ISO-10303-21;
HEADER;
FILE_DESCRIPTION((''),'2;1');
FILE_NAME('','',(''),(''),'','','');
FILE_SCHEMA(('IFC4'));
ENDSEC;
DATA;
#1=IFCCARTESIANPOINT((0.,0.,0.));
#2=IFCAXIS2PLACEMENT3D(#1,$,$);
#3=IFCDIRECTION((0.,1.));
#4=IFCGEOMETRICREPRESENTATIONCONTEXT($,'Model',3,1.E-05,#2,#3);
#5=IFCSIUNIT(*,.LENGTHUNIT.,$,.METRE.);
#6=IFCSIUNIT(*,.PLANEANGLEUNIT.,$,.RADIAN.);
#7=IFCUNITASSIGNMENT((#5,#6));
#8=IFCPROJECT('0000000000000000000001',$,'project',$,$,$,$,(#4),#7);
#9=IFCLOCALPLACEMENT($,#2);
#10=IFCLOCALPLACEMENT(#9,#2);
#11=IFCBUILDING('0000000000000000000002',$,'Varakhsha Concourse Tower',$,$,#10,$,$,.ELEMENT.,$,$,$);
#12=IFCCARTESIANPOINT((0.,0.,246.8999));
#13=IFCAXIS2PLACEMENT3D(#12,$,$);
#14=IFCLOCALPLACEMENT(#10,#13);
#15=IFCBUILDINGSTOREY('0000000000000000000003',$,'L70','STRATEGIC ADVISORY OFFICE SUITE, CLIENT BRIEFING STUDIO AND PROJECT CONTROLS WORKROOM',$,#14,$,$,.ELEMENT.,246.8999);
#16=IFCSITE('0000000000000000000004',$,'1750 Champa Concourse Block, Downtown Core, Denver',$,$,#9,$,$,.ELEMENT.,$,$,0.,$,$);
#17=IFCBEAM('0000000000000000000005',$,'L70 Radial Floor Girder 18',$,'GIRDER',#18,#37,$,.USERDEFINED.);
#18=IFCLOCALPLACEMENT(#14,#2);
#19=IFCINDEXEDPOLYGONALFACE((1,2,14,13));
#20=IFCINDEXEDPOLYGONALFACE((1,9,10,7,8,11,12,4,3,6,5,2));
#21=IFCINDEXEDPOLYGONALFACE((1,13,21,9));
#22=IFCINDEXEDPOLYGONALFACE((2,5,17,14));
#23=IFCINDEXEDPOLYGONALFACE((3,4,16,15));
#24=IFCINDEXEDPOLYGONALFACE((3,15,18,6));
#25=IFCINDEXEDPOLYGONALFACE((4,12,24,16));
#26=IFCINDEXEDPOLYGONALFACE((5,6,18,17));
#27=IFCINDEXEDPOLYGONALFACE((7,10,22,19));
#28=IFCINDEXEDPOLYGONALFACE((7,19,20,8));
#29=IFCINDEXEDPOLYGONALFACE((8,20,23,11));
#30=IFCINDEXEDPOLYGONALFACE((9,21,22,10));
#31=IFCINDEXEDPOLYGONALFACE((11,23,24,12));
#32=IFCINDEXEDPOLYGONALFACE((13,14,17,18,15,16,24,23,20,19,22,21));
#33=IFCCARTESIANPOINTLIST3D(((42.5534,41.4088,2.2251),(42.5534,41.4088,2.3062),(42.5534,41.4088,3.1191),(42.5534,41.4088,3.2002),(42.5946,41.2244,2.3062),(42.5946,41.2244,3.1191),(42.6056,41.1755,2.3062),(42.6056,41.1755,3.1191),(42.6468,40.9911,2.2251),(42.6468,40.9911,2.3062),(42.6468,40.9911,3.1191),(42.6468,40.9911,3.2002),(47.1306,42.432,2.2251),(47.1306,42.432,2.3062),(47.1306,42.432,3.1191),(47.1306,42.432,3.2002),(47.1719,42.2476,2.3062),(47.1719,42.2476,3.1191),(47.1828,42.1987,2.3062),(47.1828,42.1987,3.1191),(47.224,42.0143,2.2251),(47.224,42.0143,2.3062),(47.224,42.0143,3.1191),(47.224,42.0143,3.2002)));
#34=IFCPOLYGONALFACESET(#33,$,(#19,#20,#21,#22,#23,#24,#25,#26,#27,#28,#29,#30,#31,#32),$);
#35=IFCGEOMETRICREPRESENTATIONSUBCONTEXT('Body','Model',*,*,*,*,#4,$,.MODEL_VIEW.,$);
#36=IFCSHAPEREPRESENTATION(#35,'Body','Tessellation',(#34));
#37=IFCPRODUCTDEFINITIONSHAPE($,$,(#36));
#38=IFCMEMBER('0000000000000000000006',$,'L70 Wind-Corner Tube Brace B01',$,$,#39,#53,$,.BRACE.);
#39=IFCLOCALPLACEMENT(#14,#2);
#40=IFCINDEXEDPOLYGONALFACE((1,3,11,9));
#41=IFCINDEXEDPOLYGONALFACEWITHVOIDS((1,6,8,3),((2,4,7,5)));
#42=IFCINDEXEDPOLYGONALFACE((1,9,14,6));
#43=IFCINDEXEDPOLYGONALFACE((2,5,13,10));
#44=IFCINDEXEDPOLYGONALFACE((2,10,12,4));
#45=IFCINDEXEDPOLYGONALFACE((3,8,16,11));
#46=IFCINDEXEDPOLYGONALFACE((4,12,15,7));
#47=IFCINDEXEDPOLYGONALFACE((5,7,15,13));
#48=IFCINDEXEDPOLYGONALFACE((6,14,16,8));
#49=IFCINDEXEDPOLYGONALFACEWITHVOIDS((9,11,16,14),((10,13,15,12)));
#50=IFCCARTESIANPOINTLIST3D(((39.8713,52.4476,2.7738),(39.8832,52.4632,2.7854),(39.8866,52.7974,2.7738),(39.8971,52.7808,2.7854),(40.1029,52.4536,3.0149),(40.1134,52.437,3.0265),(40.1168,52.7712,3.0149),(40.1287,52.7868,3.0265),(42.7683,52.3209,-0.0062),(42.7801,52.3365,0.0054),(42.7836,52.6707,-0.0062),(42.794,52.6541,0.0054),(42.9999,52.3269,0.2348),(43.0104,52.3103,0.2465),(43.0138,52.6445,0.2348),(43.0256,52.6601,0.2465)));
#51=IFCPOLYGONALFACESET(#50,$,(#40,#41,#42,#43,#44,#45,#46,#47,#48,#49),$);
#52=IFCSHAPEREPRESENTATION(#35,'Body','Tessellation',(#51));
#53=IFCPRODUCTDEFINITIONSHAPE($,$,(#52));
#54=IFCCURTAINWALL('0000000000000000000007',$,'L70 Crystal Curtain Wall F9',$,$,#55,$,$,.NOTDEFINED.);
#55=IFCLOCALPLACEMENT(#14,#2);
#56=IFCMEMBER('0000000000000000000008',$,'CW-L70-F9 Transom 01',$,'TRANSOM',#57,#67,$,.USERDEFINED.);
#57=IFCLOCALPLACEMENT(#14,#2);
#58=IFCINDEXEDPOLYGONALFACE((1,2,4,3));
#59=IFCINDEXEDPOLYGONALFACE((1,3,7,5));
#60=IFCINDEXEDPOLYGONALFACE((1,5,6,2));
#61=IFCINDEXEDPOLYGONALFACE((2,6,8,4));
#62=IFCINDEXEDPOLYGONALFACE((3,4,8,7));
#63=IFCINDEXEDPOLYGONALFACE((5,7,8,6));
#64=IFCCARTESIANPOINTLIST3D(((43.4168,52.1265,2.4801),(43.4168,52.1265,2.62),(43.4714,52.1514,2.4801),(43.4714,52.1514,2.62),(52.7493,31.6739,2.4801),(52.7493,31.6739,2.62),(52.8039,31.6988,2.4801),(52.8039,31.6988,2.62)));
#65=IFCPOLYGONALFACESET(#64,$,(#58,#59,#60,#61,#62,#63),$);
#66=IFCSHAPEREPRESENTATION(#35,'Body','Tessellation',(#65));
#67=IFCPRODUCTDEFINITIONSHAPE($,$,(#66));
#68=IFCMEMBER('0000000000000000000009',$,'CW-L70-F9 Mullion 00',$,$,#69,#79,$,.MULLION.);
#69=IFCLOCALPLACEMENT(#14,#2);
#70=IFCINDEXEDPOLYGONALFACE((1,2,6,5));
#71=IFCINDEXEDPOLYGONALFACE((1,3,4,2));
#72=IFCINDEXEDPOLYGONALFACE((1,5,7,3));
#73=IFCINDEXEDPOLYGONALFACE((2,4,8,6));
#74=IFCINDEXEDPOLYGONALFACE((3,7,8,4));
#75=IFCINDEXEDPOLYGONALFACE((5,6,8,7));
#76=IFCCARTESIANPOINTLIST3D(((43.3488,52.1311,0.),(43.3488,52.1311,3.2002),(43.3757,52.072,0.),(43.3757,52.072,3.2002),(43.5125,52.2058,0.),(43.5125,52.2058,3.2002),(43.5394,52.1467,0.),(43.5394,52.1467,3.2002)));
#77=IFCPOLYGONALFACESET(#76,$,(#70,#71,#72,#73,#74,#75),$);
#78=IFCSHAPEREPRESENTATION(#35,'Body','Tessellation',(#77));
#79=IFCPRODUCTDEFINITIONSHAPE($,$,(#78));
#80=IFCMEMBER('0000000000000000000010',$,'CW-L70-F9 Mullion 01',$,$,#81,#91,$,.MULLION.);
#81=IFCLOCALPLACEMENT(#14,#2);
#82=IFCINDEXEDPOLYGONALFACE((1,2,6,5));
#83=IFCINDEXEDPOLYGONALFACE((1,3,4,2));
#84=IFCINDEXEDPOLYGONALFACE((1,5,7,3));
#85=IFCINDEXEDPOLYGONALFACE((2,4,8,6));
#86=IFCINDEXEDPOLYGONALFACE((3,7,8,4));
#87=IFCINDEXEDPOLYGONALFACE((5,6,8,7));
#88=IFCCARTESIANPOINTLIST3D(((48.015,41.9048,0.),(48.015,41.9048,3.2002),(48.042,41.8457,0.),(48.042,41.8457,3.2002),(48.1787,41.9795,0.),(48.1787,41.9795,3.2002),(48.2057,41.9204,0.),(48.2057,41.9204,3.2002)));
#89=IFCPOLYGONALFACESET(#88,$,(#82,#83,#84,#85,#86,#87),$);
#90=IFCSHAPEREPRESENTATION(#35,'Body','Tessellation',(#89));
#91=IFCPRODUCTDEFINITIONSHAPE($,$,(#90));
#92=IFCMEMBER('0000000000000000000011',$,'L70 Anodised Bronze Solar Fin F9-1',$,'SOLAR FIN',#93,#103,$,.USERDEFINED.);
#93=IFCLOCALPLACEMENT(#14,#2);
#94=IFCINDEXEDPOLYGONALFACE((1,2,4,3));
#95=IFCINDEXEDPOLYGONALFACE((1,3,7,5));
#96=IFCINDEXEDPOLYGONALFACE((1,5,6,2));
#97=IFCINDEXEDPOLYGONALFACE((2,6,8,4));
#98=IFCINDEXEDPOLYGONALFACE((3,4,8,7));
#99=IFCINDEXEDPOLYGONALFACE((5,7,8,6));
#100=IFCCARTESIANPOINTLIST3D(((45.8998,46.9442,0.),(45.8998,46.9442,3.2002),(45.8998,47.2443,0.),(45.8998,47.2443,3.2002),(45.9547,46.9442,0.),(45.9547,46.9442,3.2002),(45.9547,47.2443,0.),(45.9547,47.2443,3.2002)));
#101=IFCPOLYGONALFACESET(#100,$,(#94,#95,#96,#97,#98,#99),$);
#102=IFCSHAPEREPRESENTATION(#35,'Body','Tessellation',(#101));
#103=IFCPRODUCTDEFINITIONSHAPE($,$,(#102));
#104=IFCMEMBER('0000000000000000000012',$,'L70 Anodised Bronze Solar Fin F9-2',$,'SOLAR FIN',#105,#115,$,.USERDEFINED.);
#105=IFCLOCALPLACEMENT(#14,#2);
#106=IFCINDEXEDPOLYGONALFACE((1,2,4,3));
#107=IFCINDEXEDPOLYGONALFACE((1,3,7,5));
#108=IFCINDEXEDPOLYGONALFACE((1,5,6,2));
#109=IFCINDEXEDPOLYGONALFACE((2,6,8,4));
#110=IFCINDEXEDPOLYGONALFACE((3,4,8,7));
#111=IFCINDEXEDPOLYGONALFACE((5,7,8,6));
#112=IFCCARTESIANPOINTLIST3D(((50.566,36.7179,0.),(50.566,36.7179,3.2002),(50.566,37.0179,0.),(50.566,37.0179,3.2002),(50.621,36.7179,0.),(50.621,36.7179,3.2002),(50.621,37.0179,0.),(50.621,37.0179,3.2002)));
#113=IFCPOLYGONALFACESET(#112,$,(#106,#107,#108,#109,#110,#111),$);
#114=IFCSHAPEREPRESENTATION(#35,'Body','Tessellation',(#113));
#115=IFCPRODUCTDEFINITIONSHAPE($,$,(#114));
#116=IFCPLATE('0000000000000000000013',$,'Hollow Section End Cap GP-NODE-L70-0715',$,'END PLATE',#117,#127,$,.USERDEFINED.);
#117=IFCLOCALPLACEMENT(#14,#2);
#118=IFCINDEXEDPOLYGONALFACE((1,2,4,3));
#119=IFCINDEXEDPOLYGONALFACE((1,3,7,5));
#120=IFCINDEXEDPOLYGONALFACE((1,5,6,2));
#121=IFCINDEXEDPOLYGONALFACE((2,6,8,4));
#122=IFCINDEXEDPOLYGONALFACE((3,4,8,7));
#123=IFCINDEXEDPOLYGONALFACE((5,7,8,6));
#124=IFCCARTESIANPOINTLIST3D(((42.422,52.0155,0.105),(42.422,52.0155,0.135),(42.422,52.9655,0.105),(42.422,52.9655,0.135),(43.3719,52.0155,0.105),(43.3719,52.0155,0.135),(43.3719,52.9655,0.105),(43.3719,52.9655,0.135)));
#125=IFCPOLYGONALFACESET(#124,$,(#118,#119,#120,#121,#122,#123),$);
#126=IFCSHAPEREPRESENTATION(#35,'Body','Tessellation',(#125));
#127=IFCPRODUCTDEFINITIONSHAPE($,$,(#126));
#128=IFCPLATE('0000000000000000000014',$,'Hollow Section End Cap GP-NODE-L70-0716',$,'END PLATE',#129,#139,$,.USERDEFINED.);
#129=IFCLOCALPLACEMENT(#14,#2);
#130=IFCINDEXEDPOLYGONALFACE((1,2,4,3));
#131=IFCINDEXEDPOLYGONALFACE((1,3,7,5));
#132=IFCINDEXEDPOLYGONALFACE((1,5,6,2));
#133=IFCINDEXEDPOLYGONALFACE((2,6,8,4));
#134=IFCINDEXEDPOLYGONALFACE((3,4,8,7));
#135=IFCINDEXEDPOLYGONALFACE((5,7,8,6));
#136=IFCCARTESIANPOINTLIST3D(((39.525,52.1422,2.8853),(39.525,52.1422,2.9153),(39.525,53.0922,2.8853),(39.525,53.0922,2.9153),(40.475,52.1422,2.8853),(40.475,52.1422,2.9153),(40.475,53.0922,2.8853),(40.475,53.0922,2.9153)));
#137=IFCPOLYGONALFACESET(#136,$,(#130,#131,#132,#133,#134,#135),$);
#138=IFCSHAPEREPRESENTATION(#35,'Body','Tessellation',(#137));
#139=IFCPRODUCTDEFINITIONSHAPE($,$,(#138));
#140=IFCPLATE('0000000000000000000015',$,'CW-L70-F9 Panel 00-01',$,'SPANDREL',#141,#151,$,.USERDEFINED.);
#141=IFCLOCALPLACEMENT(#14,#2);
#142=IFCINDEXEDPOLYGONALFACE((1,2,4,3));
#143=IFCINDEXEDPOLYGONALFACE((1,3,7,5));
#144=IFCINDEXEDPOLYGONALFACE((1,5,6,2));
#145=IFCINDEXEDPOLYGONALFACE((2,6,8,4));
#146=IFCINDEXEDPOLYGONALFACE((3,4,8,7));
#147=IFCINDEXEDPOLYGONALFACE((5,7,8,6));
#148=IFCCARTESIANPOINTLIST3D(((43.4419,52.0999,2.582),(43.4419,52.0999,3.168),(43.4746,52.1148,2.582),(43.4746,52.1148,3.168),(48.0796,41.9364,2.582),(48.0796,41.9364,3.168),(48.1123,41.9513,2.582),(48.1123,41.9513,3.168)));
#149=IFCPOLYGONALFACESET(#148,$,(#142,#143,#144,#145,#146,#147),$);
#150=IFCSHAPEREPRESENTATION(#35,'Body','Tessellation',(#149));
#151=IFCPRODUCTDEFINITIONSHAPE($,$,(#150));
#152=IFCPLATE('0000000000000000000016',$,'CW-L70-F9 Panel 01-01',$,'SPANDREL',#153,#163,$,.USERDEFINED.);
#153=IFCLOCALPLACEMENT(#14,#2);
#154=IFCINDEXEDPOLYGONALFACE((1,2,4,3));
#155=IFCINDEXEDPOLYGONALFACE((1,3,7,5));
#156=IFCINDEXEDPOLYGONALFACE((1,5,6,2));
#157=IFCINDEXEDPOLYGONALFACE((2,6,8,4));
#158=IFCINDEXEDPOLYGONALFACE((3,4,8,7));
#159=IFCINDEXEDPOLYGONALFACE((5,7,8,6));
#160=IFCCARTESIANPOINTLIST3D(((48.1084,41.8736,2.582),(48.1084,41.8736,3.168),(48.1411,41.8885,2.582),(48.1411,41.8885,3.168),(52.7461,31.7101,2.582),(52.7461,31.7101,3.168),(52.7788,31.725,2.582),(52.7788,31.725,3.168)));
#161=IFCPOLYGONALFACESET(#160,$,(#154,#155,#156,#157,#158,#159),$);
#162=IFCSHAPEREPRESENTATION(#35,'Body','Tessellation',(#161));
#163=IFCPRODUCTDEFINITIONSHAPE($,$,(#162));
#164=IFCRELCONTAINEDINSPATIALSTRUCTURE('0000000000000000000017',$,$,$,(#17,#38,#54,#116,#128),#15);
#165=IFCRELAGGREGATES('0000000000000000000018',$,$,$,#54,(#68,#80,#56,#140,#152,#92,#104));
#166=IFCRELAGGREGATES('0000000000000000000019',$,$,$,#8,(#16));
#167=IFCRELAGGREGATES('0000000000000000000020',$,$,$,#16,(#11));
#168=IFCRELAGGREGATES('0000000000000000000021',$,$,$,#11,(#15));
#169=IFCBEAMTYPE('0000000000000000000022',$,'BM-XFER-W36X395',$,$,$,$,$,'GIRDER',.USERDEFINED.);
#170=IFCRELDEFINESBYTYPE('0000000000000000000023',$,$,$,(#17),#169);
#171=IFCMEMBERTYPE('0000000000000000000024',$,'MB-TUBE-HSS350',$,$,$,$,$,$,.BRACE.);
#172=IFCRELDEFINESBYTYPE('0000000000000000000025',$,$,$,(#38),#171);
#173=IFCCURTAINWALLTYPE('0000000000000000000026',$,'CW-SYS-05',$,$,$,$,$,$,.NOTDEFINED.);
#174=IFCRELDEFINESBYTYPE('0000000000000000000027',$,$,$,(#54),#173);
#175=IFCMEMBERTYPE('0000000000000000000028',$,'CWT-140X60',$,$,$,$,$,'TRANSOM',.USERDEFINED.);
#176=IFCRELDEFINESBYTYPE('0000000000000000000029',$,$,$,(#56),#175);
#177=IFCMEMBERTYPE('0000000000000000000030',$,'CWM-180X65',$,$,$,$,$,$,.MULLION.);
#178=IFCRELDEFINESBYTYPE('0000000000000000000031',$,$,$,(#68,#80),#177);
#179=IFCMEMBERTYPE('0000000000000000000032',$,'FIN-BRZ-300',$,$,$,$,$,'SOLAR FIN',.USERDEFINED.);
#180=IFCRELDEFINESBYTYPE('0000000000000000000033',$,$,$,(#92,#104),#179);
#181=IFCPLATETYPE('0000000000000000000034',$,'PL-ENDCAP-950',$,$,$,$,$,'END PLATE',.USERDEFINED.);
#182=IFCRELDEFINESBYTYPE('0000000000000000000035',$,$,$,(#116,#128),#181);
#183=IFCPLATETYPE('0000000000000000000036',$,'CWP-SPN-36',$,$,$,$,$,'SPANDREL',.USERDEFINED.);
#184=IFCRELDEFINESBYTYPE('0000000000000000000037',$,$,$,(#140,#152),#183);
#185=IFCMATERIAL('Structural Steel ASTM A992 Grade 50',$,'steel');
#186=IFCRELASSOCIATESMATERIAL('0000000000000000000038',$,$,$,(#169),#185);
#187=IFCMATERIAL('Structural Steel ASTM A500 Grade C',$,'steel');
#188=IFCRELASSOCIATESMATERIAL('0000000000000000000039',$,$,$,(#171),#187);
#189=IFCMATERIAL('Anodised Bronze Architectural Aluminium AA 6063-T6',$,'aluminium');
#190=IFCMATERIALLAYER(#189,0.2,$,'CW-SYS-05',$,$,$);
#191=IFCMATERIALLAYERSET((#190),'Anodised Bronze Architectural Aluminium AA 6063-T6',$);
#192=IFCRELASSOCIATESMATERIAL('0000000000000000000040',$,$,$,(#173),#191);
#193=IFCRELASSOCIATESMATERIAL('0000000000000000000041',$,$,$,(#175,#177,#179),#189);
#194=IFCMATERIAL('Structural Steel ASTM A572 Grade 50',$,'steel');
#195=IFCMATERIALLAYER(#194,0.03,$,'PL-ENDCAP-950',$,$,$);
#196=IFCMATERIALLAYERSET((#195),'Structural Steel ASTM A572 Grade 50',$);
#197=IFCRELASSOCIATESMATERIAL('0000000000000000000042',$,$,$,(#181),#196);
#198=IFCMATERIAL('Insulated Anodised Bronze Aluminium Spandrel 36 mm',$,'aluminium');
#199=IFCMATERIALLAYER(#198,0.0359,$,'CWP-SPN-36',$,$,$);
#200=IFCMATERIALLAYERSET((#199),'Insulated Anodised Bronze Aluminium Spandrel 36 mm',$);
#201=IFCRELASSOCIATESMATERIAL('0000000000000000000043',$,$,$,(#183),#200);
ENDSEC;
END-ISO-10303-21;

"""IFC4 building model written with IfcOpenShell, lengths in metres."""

from ifc_helpers import new_model, si_unit, direction, frame, origin, origin_2d, place, context, subcontext, project, spatial, rectangle, hollow_rectangle, i_section, extrude, source, transform, mapped, material, layer, layer_set, material_profile, profile_set, type_object, type_shapes, element, aggregate, save


model = new_model("IFC4")

# Units and contexts
model_context = context("Model", 3, precision=1e-05, world=origin(), true_north=direction((0.0, 1.0)))
body_context = subcontext(model_context, "Body", "Model", "MODEL_VIEW")
ifc_project = project(units=[si_unit("LENGTHUNIT", "METRE"), si_unit("PLANEANGLEUNIT", "RADIAN")], contexts=[model_context])

# Site, building, storey
site_placement = place(None, origin())
site = spatial("IfcSite", under=ifc_project, at=site_placement, Name="1750 Champa Concourse Block, Downtown Core, Denver", CompositionType="ELEMENT", RefElevation=0.0)
building_placement = place(site_placement, origin())
building = spatial("IfcBuilding", under=site, at=building_placement, Name="Varakhsha Concourse Tower", CompositionType="ELEMENT")
storey_placement = place(building_placement, frame((0.0, 0.0, 246.8999)))
storey = spatial("IfcBuildingStorey", under=building, at=storey_placement, Name="L70", Description="STRATEGIC ADVISORY OFFICE SUITE, CLIENT BRIEFING STUDIO AND PROJECT CONTROLS WORKROOM", CompositionType="ELEMENT", Elevation=246.8999)

# Shared definitions
ifc_material_1 = material(Name="Structural Steel ASTM A992 Grade 50", Category="steel")
ifc_material_2 = material(Name="Structural Steel ASTM A572 Grade 50", Category="steel")

# Beam
ifc_material_profile_1 = material_profile(ifc_material_1, i_section(OverallWidth=0.428, OverallDepth=0.9751, WebThickness=0.05, FlangeThickness=0.0811, at=origin_2d()), Name="W36X395")
ifc_profile_set_1 = profile_set([ifc_material_profile_1], Name="Structural Steel ASTM A992 Grade 50")
beam_type_1 = type_object("IfcBeamType", Name="BM-XFER-W36X395", ElementType="GIRDER", PredefinedType="USERDEFINED", material=ifc_profile_set_1)
beam_1_placement = place(storey_placement, frame((42.6001, 41.2, 2.7126), z_axis=(0.975913, 0.218159, 0.0), x_axis=(-0.218159, 0.975913, 0.0)))
element("IfcBeam", 1, at=beam_1_placement, inside=storey, type_object=beam_type_1, Name="L70 Radial Floor Girder 18", ObjectType="GIRDER", PredefinedType="USERDEFINED", context=body_context, shape_type="SweptSolid", body=[
    extrude(i_section(OverallWidth=0.428, OverallDepth=0.9751, WebThickness=0.05, FlangeThickness=0.0811, at=origin_2d()), origin(), (0.0, 0.0, 1.0), 4.6902),
])

# Member
ifc_material_3 = material(Name="Structural Steel ASTM A500 Grade C", Category="steel")
ifc_material_profile_2 = material_profile(ifc_material_3, hollow_rectangle(XDim=0.3501, YDim=0.3501, WallThickness=0.0161, at=origin_2d()), Name="HSS 350x350x16")
ifc_profile_set_2 = profile_set([ifc_material_profile_2], Name="Structural Steel ASTM A500 Grade C")
member_type_1 = type_object("IfcMemberType", Name="MB-TUBE-HSS350", PredefinedType="BRACE", material=ifc_profile_set_2)
shared_shape_1 = source(origin(), body_context, "Body", "SweptSolid", [
    extrude(hollow_rectangle(XDim=0.3501, YDim=0.3501, WallThickness=0.0161, at=origin_2d()), origin(), (0.0, 0.0, 1.0), 4.0171),
])
type_shapes(member_type_1, [shared_shape_1])
member_1_placement = place(storey_placement, frame((42.897, 52.4905, 0.1201), z_axis=(-0.721161, 0.031542, 0.692049), x_axis=(-0.043697, -0.999045, 0.0)))
element("IfcMember", 2, at=member_1_placement, inside=storey, type_object=member_type_1, Name="L70 Wind-Corner Tube Brace B01", PredefinedType="BRACE", context=body_context, shape_type="MappedRepresentation", body=[
    mapped(shared_shape_1, transform((0.0, 0.0, 0.0), scale=1.0)),
])

# Curtain wall, members
ifc_material_4 = material(Name="Anodised Bronze Architectural Aluminium AA 6063-T6", Category="aluminium")
ifc_layer_1 = layer(ifc_material_4, 0.2, Name="CW-SYS-05")
ifc_layer_set_1 = layer_set([ifc_layer_1], Name="Anodised Bronze Architectural Aluminium AA 6063-T6")
curtain_wall_type = type_object("IfcCurtainWallType", Name="CW-SYS-05", PredefinedType="NOTDEFINED", material=ifc_layer_set_1)
curtain_wall_placement = place(storey_placement, origin())
curtain_wall = element("IfcCurtainWall", 3, at=curtain_wall_placement, inside=storey, type_object=curtain_wall_type, Name="L70 Crystal Curtain Wall F9", PredefinedType="NOTDEFINED")
ifc_material_profile_3 = material_profile(ifc_material_4, rectangle(XDim=0.0601, YDim=0.1399, at=origin_2d()), Name="CWT-140X60")
ifc_profile_set_3 = profile_set([ifc_material_profile_3], Name="Anodised Bronze Architectural Aluminium AA 6063-T6")
member_type_2 = type_object("IfcMemberType", Name="CWT-140X60", ElementType="TRANSOM", PredefinedType="USERDEFINED", material=ifc_profile_set_3)
shared_shape_2 = source(origin(), body_context, "Body", "SweptSolid", [
    extrude(rectangle(XDim=0.0601, YDim=0.1399, at=origin_2d()), origin(), (0.0, 0.0, 1.0), 22.4812),
])
type_shapes(member_type_2, [shared_shape_2])
member_2_placement = place(storey_placement, frame((43.4441, 52.1389, 2.55), z_axis=(0.415125, -0.909765, 0.0), x_axis=(0.909765, 0.415125, 0.0)))
member_2 = element("IfcMember", 4, at=member_2_placement, type_object=member_type_2, Name="CW-L70-F9 Transom 01", ObjectType="TRANSOM", PredefinedType="USERDEFINED", context=body_context, shape_type="MappedRepresentation", body=[
    mapped(shared_shape_2, transform((0.0, 0.0, 0.0), scale=1.0)),
])
ifc_material_profile_4 = material_profile(ifc_material_4, rectangle(XDim=0.0649, YDim=0.1799, at=origin_2d()), Name="CWM-180X65")
ifc_profile_set_4 = profile_set([ifc_material_profile_4], Name="Anodised Bronze Architectural Aluminium AA 6063-T6")
member_type_3 = type_object("IfcMemberType", Name="CWM-180X65", PredefinedType="MULLION", material=ifc_profile_set_4)
shared_shape_3 = source(origin(), body_context, "Body", "SweptSolid", [
    extrude(rectangle(XDim=0.0649, YDim=0.1799, at=origin_2d()), origin(), (0.0, 0.0, 1.0), 3.2002),
])
type_shapes(member_type_3, [shared_shape_3])
member_3_placement = place(storey_placement, frame((43.4441, 52.1389, 0.0), z_axis=(0.0, 0.0, 1.0), x_axis=(0.415133, -0.909761, 0.0)))
member_3 = element("IfcMember", 5, at=member_3_placement, type_object=member_type_3, Name="CW-L70-F9 Mullion 00", PredefinedType="MULLION", context=body_context, shape_type="MappedRepresentation", body=[
    mapped(shared_shape_3, transform((0.0, 0.0, 0.0), scale=1.0)),
])
member_4_placement = place(storey_placement, frame((48.1104, 41.9126, 0.0), z_axis=(0.0, 0.0, 1.0), x_axis=(0.415133, -0.909761, 0.0)))
member_4 = element("IfcMember", 6, at=member_4_placement, type_object=member_type_3, Name="CW-L70-F9 Mullion 01", PredefinedType="MULLION", context=body_context, shape_type="MappedRepresentation", body=[
    mapped(shared_shape_3, transform((0.0, 0.0, 0.0), scale=1.0)),
])
ifc_material_profile_5 = material_profile(ifc_material_4, rectangle(XDim=0.0549, YDim=0.3, at=origin_2d()), Name="FIN-BRZ-300")
ifc_profile_set_5 = profile_set([ifc_material_profile_5], Name="Anodised Bronze Architectural Aluminium AA 6063-T6")
member_type_4 = type_object("IfcMemberType", Name="FIN-BRZ-300", ElementType="SOLAR FIN", PredefinedType="USERDEFINED", material=ifc_profile_set_5)
shared_shape_4 = source(origin(), body_context, "Body", "SweptSolid", [
    extrude(rectangle(XDim=0.0549, YDim=0.3, at=origin_2d()), origin(), (0.0, 0.0, 1.0), 3.2002),
])
type_shapes(member_type_4, [shared_shape_4])
member_5_placement = place(storey_placement, frame((45.9272, 47.0942, 0.0), z_axis=(0.0, 0.0, 1.0), x_axis=(1.0, 0.0, 0.0)))
member_5 = element("IfcMember", 7, at=member_5_placement, type_object=member_type_4, Name="L70 Anodised Bronze Solar Fin F9-1", ObjectType="SOLAR FIN", PredefinedType="USERDEFINED", context=body_context, shape_type="MappedRepresentation", body=[
    mapped(shared_shape_4, transform((0.0, 0.0, 0.0), scale=1.0)),
])
member_6_placement = place(storey_placement, frame((50.5935, 36.8679, 0.0), z_axis=(0.0, 0.0, 1.0), x_axis=(1.0, 0.0, 0.0)))
member_6 = element("IfcMember", 8, at=member_6_placement, type_object=member_type_4, Name="L70 Anodised Bronze Solar Fin F9-2", ObjectType="SOLAR FIN", PredefinedType="USERDEFINED", context=body_context, shape_type="MappedRepresentation", body=[
    mapped(shared_shape_4, transform((0.0, 0.0, 0.0), scale=1.0)),
])

# Plates
ifc_layer_2 = layer(ifc_material_2, 0.03, Name="PL-ENDCAP-950")
ifc_layer_set_2 = layer_set([ifc_layer_2], Name="Structural Steel ASTM A572 Grade 50")
plate_type_1 = type_object("IfcPlateType", Name="PL-ENDCAP-950", ElementType="END PLATE", PredefinedType="USERDEFINED", material=ifc_layer_set_2)
shared_shape_5 = source(origin(), body_context, "Body", "SweptSolid", [
    extrude(rectangle(XDim=0.95, YDim=0.95, at=origin_2d()), origin(), (0.0, 0.0, 1.0), 0.03),
])
type_shapes(plate_type_1, [shared_shape_5])
for number, where, z_axis, x_axis, name in (
    (9, (42.897, 52.4905, 0.105), (0.0, 0.0, 1.0), (1.0, 0.0, 0.0), "Hollow Section End Cap GP-NODE-L70-0715"),
    (10, (40.0, 52.6172, 2.8853), (0.0, 0.0, 1.0), (1.0, 0.0, 0.0), "Hollow Section End Cap GP-NODE-L70-0716"),
):
    element("IfcPlate", number, at=place(storey_placement, frame(where, z_axis=z_axis, x_axis=x_axis)), inside=storey, type_object=plate_type_1, Name=name, ObjectType="END PLATE", PredefinedType="USERDEFINED", context=body_context, shape_type="MappedRepresentation", body=[
        mapped(shared_shape_5, transform((0.0, 0.0, 0.0), scale=1.0)),
    ])

# Plates
ifc_material_5 = material(Name="Insulated Anodised Bronze Aluminium Spandrel 36 mm", Category="aluminium")
ifc_layer_3 = layer(ifc_material_5, 0.0359, Name="CWP-SPN-36")
ifc_layer_set_3 = layer_set([ifc_layer_3], Name="Insulated Anodised Bronze Aluminium Spandrel 36 mm")
plate_type_2 = type_object("IfcPlateType", Name="CWP-SPN-36", ElementType="SPANDREL", PredefinedType="USERDEFINED", material=ifc_layer_set_3)
shared_shape_6 = source(origin(), body_context, "Body", "SweptSolid", [
    extrude(rectangle(XDim=11.1716, YDim=0.0359, at=origin_2d()), origin(), (0.0, 0.0, 1.0), 0.5859),
])
type_shapes(plate_type_2, [shared_shape_6])
plate_1_placement = place(storey_placement, frame((45.7771, 47.0256, 2.582), z_axis=(0.0, 0.0, 1.0), x_axis=(0.415133, -0.909761, 0.0)))
plate_1 = element("IfcPlate", 11, at=plate_1_placement, type_object=plate_type_2, Name="CW-L70-F9 Panel 00-01", ObjectType="SPANDREL", PredefinedType="USERDEFINED", context=body_context, shape_type="MappedRepresentation", body=[
    mapped(shared_shape_6, transform((0.0, 0.0, 0.0), scale=1.0)),
])
plate_2_placement = place(storey_placement, frame((50.4436, 36.7993, 2.582), z_axis=(0.0, 0.0, 1.0), x_axis=(0.415133, -0.909761, 0.0)))
plate_2 = element("IfcPlate", 12, at=plate_2_placement, type_object=plate_type_2, Name="CW-L70-F9 Panel 01-01", ObjectType="SPANDREL", PredefinedType="USERDEFINED", context=body_context, shape_type="MappedRepresentation", body=[
    mapped(shared_shape_6, transform((0.0, 0.0, 0.0), scale=1.0)),
])
aggregate(curtain_wall, [member_3, member_4, member_2, plate_1, plate_2, member_5, member_6])

save(model, "model.ifc")
